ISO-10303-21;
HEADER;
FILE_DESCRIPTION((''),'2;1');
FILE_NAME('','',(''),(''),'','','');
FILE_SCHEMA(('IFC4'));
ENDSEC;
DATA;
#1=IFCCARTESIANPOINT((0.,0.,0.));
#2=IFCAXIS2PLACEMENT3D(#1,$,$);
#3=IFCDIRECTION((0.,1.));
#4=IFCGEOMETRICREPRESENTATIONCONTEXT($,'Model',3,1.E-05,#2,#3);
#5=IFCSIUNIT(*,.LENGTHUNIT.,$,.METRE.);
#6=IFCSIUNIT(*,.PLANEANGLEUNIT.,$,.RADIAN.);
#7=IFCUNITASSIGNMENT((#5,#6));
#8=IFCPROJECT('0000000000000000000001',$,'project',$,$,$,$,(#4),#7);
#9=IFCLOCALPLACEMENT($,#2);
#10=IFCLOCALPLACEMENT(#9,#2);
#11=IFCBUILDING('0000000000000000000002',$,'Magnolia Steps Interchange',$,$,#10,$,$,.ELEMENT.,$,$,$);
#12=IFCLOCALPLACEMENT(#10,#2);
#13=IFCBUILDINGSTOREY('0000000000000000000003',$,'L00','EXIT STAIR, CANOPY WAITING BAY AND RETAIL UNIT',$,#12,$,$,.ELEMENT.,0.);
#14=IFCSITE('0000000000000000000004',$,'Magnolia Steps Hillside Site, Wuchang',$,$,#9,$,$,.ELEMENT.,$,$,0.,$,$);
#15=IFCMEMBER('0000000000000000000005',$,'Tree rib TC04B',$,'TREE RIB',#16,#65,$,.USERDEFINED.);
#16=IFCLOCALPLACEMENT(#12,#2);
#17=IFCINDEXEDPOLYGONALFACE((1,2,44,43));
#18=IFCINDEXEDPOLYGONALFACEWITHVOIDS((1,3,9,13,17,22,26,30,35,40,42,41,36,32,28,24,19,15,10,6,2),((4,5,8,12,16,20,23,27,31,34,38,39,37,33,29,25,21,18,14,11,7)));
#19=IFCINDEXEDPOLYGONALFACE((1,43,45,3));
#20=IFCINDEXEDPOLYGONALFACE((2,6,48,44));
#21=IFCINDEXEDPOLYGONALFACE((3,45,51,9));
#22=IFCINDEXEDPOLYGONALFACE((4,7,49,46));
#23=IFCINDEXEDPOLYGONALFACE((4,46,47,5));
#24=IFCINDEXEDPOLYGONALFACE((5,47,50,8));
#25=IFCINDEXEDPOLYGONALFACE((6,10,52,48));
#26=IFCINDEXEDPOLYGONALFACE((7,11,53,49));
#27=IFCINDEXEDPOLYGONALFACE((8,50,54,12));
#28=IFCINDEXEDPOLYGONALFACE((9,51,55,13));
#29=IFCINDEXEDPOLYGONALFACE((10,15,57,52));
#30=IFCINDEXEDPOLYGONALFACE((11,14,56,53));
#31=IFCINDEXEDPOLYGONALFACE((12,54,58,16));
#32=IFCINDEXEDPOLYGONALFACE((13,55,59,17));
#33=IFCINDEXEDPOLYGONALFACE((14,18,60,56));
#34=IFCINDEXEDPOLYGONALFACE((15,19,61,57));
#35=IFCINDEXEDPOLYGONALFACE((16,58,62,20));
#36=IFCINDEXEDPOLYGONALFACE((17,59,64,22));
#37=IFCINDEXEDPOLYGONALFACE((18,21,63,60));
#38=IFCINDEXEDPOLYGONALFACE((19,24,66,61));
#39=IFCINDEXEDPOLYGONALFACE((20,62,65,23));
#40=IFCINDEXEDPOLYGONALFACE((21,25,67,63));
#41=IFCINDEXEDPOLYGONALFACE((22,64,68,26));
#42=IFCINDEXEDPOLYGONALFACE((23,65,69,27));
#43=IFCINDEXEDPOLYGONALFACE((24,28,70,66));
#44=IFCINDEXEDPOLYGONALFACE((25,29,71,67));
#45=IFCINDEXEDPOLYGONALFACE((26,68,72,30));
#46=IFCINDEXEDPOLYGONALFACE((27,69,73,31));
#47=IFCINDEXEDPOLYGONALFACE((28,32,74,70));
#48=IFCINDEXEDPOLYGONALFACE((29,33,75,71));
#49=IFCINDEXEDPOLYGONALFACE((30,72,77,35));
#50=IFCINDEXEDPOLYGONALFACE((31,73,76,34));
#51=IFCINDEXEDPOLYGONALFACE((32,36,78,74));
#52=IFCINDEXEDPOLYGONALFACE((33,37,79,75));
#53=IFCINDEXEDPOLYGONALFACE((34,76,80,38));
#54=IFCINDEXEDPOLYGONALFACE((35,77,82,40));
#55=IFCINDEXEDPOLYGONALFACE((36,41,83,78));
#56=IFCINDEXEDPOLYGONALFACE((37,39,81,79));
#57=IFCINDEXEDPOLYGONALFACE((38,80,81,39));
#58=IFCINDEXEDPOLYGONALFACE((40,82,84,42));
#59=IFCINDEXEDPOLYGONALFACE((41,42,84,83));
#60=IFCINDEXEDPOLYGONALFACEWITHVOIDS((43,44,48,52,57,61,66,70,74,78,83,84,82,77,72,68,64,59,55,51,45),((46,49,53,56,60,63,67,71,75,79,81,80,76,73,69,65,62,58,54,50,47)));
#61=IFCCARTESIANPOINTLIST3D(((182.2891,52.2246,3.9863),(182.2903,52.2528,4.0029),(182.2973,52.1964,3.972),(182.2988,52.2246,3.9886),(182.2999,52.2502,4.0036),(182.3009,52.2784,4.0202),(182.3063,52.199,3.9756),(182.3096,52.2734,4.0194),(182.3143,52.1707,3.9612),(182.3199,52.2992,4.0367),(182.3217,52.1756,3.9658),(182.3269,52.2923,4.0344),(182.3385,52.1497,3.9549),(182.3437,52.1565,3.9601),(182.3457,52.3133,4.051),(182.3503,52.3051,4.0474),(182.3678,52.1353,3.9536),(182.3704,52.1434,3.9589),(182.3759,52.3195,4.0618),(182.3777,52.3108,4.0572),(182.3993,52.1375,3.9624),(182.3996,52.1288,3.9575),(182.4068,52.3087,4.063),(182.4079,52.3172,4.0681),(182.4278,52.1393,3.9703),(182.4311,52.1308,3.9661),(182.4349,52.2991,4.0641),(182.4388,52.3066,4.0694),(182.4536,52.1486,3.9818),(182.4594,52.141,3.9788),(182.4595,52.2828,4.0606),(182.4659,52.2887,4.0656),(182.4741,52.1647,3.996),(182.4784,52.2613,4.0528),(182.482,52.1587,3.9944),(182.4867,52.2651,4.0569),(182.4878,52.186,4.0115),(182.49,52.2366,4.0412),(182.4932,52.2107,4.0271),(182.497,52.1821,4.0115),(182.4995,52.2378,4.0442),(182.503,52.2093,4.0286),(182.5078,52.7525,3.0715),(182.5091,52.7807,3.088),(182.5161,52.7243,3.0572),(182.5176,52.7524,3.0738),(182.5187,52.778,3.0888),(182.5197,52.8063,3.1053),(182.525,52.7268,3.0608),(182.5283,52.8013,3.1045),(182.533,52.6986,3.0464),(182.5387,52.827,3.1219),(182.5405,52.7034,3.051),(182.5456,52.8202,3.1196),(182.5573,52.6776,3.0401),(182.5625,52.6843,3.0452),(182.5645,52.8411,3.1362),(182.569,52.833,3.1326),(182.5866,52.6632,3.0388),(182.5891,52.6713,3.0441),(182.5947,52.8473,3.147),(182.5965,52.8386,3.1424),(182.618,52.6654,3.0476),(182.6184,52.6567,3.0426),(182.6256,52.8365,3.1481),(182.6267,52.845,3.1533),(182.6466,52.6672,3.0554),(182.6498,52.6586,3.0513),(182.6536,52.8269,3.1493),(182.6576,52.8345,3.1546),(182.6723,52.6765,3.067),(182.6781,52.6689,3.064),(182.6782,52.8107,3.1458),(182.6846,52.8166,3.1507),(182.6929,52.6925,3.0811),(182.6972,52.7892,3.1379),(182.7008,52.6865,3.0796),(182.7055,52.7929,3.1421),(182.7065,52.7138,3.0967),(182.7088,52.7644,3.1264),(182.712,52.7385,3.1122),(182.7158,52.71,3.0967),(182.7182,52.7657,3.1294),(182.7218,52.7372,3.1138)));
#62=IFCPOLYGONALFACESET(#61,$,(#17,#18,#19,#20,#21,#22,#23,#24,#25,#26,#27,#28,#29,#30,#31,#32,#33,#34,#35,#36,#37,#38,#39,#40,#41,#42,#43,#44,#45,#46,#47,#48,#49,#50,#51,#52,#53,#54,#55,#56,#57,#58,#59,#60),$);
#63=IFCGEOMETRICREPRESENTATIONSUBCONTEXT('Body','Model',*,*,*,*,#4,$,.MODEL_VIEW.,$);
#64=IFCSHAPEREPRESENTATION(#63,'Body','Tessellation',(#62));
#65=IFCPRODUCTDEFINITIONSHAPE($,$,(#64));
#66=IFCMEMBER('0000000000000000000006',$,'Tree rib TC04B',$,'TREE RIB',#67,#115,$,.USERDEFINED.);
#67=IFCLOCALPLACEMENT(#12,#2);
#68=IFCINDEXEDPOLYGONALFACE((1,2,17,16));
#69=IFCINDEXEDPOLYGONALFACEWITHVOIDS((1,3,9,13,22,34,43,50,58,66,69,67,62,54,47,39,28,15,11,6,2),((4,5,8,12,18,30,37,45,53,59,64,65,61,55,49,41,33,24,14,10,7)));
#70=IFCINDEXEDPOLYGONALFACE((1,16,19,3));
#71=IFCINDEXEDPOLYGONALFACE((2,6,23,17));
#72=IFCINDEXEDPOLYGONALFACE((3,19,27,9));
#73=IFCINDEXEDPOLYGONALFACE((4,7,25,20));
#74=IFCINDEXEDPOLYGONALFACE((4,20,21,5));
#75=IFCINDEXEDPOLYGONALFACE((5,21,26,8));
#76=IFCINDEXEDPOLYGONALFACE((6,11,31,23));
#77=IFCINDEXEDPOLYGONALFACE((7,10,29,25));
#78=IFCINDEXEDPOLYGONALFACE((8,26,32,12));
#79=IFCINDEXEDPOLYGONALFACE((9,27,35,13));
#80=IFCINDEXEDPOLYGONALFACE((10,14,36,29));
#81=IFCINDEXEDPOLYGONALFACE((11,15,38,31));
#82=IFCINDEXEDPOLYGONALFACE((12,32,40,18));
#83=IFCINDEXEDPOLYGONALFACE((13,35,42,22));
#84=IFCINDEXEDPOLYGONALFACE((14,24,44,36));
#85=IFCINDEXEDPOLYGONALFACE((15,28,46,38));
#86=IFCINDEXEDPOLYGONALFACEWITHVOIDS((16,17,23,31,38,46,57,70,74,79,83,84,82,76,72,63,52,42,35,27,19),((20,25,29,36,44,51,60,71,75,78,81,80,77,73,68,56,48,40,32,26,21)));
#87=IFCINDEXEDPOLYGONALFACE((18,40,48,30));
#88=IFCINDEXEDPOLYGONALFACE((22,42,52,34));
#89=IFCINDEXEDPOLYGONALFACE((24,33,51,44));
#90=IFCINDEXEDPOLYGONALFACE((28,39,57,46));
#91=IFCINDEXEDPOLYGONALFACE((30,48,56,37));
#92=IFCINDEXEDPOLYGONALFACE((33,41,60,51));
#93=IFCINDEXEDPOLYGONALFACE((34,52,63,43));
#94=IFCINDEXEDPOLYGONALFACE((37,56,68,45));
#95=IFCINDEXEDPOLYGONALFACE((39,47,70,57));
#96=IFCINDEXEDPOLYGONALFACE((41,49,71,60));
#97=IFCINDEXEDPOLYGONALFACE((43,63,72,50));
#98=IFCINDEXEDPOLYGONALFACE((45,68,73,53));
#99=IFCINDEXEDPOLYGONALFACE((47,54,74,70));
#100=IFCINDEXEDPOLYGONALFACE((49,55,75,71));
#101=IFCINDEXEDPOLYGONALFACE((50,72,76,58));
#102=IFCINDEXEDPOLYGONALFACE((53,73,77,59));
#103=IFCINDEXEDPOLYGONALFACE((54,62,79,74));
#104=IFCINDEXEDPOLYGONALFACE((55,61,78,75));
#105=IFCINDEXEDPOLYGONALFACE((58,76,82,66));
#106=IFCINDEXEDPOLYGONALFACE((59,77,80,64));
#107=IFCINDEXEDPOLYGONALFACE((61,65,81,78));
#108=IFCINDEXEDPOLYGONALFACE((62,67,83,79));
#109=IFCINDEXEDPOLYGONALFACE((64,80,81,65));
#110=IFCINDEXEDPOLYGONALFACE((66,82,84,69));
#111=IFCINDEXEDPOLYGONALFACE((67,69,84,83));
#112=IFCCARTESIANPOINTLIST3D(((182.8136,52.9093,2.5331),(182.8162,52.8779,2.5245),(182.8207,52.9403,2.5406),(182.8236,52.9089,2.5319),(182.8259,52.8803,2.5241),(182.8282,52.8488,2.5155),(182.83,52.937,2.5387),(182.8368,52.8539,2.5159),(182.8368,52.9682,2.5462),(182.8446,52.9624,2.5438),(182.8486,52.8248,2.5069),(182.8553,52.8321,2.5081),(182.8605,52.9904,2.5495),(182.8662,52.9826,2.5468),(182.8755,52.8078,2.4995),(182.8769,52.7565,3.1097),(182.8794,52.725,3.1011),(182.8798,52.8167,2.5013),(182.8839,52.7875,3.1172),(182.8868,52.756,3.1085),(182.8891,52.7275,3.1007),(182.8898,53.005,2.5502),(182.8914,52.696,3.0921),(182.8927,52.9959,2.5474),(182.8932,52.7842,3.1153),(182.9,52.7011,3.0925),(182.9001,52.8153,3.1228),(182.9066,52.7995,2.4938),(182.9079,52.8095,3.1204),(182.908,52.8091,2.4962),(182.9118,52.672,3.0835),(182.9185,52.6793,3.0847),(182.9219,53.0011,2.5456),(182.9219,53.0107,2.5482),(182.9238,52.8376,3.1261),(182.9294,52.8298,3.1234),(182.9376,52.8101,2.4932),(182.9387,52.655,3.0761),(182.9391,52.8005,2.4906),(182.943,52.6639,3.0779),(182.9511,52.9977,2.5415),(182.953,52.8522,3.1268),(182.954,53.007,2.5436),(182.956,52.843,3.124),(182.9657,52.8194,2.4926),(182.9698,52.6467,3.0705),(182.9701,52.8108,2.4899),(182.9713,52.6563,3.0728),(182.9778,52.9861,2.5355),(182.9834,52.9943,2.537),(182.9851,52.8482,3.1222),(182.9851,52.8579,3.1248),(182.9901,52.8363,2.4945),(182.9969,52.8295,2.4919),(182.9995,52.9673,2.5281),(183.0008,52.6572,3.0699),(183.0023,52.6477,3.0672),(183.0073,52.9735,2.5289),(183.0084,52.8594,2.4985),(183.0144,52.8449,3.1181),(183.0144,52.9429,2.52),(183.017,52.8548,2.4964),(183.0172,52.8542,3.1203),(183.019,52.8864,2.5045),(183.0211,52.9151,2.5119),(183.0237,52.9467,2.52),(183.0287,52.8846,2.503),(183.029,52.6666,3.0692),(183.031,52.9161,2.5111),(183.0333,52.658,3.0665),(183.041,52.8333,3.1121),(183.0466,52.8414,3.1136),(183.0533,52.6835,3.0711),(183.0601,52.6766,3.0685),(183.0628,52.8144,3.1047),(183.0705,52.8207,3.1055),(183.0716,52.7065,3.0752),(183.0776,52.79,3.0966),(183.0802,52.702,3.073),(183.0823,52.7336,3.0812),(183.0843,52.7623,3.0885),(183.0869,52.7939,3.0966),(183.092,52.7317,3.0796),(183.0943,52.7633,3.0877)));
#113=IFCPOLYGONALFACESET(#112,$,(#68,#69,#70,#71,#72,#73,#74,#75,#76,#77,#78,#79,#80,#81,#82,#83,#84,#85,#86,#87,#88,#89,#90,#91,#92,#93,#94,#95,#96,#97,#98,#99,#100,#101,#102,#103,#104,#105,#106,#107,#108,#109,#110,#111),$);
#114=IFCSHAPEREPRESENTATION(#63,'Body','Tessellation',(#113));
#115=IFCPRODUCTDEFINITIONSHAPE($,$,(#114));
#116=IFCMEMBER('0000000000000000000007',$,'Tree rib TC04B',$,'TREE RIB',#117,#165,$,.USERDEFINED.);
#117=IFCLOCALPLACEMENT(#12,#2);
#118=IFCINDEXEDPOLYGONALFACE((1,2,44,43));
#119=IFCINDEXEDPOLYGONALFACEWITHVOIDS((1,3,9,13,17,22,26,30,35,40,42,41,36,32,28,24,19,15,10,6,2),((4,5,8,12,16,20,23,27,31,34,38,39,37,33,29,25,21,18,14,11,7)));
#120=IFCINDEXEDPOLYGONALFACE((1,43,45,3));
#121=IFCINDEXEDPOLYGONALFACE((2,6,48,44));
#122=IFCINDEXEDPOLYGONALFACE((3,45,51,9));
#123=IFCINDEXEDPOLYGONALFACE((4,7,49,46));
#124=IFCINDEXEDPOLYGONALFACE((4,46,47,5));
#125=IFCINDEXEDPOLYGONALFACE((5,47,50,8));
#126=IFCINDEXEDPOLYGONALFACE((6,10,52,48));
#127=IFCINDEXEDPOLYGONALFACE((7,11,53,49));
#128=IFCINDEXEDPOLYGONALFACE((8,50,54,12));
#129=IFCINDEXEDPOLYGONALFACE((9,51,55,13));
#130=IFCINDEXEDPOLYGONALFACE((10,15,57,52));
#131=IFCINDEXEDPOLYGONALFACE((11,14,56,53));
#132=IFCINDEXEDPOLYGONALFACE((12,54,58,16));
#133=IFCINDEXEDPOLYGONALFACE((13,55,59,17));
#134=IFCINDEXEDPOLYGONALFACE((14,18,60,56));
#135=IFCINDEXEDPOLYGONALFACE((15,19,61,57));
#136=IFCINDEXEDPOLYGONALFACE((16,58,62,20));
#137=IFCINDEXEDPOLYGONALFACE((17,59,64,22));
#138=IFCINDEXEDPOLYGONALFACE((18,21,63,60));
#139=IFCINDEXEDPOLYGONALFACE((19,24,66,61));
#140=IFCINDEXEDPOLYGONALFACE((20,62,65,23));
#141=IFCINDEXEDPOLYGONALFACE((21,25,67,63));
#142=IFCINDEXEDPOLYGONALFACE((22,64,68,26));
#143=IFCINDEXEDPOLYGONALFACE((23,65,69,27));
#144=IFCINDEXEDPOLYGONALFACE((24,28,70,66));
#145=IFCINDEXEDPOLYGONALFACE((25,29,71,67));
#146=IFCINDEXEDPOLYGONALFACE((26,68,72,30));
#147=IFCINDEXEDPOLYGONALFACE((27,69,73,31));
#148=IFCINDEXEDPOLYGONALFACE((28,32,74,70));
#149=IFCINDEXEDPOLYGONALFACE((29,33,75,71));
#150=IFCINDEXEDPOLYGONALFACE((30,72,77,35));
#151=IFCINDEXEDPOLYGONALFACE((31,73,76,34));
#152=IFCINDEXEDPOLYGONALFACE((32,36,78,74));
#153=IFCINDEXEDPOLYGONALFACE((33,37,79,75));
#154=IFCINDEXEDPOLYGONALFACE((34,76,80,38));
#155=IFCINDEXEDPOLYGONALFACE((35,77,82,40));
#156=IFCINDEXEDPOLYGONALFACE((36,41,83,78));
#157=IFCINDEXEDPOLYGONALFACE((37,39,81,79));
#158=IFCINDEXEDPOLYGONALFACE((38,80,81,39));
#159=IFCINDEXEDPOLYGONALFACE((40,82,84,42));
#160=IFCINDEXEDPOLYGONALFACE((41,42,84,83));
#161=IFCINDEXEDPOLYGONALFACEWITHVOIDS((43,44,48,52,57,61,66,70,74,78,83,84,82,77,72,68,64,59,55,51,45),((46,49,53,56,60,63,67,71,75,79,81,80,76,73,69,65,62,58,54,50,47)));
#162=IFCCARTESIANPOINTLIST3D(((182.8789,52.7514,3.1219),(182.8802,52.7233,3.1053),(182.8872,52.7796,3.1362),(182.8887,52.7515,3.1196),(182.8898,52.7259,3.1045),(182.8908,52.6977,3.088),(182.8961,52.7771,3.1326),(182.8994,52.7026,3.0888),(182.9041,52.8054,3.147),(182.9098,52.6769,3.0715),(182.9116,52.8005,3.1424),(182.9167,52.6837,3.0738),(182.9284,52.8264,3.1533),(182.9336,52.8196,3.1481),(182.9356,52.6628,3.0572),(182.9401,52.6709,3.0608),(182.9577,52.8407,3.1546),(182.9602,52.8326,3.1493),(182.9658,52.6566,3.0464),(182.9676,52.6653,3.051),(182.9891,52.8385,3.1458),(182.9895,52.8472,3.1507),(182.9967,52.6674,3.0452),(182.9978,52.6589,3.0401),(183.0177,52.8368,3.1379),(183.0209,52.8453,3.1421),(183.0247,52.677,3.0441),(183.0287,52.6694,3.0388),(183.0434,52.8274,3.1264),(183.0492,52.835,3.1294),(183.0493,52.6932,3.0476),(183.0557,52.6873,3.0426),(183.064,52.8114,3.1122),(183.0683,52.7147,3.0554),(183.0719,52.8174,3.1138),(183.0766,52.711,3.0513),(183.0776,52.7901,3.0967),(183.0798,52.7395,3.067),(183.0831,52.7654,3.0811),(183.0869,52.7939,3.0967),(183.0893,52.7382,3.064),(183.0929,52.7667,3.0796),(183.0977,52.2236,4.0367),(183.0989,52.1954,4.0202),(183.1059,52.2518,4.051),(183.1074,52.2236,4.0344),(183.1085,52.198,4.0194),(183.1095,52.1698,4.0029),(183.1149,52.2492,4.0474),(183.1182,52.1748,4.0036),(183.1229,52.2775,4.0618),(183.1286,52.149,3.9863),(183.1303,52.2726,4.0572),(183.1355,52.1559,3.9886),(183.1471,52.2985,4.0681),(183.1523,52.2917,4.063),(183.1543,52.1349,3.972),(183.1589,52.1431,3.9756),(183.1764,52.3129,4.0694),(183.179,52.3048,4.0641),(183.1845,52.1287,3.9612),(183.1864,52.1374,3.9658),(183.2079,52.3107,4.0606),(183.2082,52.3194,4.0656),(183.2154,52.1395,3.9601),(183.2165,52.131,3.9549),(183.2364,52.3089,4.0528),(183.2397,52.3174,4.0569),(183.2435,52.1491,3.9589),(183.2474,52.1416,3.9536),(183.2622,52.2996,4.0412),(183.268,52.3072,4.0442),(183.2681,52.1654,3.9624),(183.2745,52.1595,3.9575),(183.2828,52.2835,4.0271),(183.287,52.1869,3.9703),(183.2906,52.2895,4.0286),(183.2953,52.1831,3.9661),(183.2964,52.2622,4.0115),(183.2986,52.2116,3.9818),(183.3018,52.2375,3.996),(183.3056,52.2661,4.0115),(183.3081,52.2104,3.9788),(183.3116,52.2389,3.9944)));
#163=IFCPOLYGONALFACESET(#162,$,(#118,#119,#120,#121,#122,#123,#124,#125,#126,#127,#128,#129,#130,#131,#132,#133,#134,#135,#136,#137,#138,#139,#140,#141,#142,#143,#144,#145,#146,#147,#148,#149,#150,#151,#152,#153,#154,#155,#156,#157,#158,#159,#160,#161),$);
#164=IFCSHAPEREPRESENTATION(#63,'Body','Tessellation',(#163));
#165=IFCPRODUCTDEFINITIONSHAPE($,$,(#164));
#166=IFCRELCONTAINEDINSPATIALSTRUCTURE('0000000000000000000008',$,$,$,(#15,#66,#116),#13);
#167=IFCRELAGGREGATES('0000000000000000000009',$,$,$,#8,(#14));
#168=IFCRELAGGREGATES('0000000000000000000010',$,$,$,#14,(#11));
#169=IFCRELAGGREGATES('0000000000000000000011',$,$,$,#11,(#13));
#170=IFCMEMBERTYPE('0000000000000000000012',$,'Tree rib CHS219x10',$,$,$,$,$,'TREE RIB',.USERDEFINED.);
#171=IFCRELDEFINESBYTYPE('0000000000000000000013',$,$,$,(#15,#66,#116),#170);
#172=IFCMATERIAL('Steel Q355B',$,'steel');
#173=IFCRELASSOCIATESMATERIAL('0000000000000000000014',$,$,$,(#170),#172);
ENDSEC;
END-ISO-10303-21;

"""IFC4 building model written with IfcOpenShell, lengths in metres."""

from ifc_helpers import new_model, si_unit, direction, frame, origin, origin_2d, place, context, subcontext, project, spatial, hollow_circle, extrude, material, material_profile, profile_set, type_object, element, save


model = new_model("IFC4")

# Units and contexts
model_context = context("Model", 3, precision=1e-05, world=origin(), true_north=direction((0.0, 1.0)))
body_context = subcontext(model_context, "Body", "Model", "MODEL_VIEW")
ifc_project = project(units=[si_unit("LENGTHUNIT", "METRE"), si_unit("PLANEANGLEUNIT", "RADIAN")], contexts=[model_context])

# Site, building, storey
site_placement = place(None, origin())
site = spatial("IfcSite", under=ifc_project, at=site_placement, Name="Magnolia Steps Hillside Site, Wuchang", CompositionType="ELEMENT", RefElevation=0.0)
building_placement = place(site_placement, origin())
building = spatial("IfcBuilding", under=site, at=building_placement, Name="Magnolia Steps Interchange", CompositionType="ELEMENT")
storey_placement = place(building_placement, origin())
storey = spatial("IfcBuildingStorey", under=building, at=storey_placement, Name="L00", Description="EXIT STAIR, CANOPY WAITING BAY AND RETAIL UNIT", CompositionType="ELEMENT", Elevation=0.0)

# Members
ifc_material_1 = material(Name="Steel Q355B", Category="steel")
ifc_material_profile_1 = material_profile(ifc_material_1, hollow_circle(Radius=0.1096, WallThickness=0.01, at=origin_2d()), Name="CHS219x10")
ifc_profile_set_1 = profile_set([ifc_material_profile_1], Name="Steel Q355B")
member_type = type_object("IfcMemberType", Name="Tree rib CHS219x10", ElementType="TREE RIB", PredefinedType="USERDEFINED", material=ifc_profile_set_1)
member_1_placement = place(storey_placement, frame((182.6145, 52.752, 3.0967), z_axis=(-0.202815, -0.489382, 0.848157), x_axis=(0.923808, -0.382855, 0.0)))
element("IfcMember", 1, at=member_1_placement, inside=storey, type_object=member_type, Name="Tree rib TC04B", ObjectType="TREE RIB", PredefinedType="USERDEFINED", context=body_context, shape_type="SweptSolid", body=[
    extrude(hollow_circle(Radius=0.1096, WallThickness=0.01, at=origin_2d()), origin(), (0.0, 0.0, 1.0), 1.0786),
])
member_2_placement = place(storey_placement, frame((182.9224, 52.9048, 2.52), z_axis=(0.105403, -0.254758, 0.961243), x_axis=(0.924035, 0.382308, 0.0)))
element("IfcMember", 2, at=member_2_placement, inside=storey, type_object=member_type, Name="Tree rib TC04B", ObjectType="TREE RIB", PredefinedType="USERDEFINED", context=body_context, shape_type="SweptSolid", body=[
    extrude(hollow_circle(Radius=0.1096, WallThickness=0.01, at=origin_2d()), origin(), (0.0, 0.0, 1.0), 0.5999),
])
member_3_placement = place(storey_placement, frame((182.9856, 52.752, 3.0967), z_axis=(0.202815, -0.489382, 0.848157), x_axis=(0.923808, 0.382855, 0.0)))
element("IfcMember", 3, at=member_3_placement, inside=storey, type_object=member_type, Name="Tree rib TC04B", ObjectType="TREE RIB", PredefinedType="USERDEFINED", context=body_context, shape_type="SweptSolid", body=[
    extrude(hollow_circle(Radius=0.1096, WallThickness=0.01, at=origin_2d()), origin(), (0.0, 0.0, 1.0), 1.0786),
])

save(model, "model.ifc")
